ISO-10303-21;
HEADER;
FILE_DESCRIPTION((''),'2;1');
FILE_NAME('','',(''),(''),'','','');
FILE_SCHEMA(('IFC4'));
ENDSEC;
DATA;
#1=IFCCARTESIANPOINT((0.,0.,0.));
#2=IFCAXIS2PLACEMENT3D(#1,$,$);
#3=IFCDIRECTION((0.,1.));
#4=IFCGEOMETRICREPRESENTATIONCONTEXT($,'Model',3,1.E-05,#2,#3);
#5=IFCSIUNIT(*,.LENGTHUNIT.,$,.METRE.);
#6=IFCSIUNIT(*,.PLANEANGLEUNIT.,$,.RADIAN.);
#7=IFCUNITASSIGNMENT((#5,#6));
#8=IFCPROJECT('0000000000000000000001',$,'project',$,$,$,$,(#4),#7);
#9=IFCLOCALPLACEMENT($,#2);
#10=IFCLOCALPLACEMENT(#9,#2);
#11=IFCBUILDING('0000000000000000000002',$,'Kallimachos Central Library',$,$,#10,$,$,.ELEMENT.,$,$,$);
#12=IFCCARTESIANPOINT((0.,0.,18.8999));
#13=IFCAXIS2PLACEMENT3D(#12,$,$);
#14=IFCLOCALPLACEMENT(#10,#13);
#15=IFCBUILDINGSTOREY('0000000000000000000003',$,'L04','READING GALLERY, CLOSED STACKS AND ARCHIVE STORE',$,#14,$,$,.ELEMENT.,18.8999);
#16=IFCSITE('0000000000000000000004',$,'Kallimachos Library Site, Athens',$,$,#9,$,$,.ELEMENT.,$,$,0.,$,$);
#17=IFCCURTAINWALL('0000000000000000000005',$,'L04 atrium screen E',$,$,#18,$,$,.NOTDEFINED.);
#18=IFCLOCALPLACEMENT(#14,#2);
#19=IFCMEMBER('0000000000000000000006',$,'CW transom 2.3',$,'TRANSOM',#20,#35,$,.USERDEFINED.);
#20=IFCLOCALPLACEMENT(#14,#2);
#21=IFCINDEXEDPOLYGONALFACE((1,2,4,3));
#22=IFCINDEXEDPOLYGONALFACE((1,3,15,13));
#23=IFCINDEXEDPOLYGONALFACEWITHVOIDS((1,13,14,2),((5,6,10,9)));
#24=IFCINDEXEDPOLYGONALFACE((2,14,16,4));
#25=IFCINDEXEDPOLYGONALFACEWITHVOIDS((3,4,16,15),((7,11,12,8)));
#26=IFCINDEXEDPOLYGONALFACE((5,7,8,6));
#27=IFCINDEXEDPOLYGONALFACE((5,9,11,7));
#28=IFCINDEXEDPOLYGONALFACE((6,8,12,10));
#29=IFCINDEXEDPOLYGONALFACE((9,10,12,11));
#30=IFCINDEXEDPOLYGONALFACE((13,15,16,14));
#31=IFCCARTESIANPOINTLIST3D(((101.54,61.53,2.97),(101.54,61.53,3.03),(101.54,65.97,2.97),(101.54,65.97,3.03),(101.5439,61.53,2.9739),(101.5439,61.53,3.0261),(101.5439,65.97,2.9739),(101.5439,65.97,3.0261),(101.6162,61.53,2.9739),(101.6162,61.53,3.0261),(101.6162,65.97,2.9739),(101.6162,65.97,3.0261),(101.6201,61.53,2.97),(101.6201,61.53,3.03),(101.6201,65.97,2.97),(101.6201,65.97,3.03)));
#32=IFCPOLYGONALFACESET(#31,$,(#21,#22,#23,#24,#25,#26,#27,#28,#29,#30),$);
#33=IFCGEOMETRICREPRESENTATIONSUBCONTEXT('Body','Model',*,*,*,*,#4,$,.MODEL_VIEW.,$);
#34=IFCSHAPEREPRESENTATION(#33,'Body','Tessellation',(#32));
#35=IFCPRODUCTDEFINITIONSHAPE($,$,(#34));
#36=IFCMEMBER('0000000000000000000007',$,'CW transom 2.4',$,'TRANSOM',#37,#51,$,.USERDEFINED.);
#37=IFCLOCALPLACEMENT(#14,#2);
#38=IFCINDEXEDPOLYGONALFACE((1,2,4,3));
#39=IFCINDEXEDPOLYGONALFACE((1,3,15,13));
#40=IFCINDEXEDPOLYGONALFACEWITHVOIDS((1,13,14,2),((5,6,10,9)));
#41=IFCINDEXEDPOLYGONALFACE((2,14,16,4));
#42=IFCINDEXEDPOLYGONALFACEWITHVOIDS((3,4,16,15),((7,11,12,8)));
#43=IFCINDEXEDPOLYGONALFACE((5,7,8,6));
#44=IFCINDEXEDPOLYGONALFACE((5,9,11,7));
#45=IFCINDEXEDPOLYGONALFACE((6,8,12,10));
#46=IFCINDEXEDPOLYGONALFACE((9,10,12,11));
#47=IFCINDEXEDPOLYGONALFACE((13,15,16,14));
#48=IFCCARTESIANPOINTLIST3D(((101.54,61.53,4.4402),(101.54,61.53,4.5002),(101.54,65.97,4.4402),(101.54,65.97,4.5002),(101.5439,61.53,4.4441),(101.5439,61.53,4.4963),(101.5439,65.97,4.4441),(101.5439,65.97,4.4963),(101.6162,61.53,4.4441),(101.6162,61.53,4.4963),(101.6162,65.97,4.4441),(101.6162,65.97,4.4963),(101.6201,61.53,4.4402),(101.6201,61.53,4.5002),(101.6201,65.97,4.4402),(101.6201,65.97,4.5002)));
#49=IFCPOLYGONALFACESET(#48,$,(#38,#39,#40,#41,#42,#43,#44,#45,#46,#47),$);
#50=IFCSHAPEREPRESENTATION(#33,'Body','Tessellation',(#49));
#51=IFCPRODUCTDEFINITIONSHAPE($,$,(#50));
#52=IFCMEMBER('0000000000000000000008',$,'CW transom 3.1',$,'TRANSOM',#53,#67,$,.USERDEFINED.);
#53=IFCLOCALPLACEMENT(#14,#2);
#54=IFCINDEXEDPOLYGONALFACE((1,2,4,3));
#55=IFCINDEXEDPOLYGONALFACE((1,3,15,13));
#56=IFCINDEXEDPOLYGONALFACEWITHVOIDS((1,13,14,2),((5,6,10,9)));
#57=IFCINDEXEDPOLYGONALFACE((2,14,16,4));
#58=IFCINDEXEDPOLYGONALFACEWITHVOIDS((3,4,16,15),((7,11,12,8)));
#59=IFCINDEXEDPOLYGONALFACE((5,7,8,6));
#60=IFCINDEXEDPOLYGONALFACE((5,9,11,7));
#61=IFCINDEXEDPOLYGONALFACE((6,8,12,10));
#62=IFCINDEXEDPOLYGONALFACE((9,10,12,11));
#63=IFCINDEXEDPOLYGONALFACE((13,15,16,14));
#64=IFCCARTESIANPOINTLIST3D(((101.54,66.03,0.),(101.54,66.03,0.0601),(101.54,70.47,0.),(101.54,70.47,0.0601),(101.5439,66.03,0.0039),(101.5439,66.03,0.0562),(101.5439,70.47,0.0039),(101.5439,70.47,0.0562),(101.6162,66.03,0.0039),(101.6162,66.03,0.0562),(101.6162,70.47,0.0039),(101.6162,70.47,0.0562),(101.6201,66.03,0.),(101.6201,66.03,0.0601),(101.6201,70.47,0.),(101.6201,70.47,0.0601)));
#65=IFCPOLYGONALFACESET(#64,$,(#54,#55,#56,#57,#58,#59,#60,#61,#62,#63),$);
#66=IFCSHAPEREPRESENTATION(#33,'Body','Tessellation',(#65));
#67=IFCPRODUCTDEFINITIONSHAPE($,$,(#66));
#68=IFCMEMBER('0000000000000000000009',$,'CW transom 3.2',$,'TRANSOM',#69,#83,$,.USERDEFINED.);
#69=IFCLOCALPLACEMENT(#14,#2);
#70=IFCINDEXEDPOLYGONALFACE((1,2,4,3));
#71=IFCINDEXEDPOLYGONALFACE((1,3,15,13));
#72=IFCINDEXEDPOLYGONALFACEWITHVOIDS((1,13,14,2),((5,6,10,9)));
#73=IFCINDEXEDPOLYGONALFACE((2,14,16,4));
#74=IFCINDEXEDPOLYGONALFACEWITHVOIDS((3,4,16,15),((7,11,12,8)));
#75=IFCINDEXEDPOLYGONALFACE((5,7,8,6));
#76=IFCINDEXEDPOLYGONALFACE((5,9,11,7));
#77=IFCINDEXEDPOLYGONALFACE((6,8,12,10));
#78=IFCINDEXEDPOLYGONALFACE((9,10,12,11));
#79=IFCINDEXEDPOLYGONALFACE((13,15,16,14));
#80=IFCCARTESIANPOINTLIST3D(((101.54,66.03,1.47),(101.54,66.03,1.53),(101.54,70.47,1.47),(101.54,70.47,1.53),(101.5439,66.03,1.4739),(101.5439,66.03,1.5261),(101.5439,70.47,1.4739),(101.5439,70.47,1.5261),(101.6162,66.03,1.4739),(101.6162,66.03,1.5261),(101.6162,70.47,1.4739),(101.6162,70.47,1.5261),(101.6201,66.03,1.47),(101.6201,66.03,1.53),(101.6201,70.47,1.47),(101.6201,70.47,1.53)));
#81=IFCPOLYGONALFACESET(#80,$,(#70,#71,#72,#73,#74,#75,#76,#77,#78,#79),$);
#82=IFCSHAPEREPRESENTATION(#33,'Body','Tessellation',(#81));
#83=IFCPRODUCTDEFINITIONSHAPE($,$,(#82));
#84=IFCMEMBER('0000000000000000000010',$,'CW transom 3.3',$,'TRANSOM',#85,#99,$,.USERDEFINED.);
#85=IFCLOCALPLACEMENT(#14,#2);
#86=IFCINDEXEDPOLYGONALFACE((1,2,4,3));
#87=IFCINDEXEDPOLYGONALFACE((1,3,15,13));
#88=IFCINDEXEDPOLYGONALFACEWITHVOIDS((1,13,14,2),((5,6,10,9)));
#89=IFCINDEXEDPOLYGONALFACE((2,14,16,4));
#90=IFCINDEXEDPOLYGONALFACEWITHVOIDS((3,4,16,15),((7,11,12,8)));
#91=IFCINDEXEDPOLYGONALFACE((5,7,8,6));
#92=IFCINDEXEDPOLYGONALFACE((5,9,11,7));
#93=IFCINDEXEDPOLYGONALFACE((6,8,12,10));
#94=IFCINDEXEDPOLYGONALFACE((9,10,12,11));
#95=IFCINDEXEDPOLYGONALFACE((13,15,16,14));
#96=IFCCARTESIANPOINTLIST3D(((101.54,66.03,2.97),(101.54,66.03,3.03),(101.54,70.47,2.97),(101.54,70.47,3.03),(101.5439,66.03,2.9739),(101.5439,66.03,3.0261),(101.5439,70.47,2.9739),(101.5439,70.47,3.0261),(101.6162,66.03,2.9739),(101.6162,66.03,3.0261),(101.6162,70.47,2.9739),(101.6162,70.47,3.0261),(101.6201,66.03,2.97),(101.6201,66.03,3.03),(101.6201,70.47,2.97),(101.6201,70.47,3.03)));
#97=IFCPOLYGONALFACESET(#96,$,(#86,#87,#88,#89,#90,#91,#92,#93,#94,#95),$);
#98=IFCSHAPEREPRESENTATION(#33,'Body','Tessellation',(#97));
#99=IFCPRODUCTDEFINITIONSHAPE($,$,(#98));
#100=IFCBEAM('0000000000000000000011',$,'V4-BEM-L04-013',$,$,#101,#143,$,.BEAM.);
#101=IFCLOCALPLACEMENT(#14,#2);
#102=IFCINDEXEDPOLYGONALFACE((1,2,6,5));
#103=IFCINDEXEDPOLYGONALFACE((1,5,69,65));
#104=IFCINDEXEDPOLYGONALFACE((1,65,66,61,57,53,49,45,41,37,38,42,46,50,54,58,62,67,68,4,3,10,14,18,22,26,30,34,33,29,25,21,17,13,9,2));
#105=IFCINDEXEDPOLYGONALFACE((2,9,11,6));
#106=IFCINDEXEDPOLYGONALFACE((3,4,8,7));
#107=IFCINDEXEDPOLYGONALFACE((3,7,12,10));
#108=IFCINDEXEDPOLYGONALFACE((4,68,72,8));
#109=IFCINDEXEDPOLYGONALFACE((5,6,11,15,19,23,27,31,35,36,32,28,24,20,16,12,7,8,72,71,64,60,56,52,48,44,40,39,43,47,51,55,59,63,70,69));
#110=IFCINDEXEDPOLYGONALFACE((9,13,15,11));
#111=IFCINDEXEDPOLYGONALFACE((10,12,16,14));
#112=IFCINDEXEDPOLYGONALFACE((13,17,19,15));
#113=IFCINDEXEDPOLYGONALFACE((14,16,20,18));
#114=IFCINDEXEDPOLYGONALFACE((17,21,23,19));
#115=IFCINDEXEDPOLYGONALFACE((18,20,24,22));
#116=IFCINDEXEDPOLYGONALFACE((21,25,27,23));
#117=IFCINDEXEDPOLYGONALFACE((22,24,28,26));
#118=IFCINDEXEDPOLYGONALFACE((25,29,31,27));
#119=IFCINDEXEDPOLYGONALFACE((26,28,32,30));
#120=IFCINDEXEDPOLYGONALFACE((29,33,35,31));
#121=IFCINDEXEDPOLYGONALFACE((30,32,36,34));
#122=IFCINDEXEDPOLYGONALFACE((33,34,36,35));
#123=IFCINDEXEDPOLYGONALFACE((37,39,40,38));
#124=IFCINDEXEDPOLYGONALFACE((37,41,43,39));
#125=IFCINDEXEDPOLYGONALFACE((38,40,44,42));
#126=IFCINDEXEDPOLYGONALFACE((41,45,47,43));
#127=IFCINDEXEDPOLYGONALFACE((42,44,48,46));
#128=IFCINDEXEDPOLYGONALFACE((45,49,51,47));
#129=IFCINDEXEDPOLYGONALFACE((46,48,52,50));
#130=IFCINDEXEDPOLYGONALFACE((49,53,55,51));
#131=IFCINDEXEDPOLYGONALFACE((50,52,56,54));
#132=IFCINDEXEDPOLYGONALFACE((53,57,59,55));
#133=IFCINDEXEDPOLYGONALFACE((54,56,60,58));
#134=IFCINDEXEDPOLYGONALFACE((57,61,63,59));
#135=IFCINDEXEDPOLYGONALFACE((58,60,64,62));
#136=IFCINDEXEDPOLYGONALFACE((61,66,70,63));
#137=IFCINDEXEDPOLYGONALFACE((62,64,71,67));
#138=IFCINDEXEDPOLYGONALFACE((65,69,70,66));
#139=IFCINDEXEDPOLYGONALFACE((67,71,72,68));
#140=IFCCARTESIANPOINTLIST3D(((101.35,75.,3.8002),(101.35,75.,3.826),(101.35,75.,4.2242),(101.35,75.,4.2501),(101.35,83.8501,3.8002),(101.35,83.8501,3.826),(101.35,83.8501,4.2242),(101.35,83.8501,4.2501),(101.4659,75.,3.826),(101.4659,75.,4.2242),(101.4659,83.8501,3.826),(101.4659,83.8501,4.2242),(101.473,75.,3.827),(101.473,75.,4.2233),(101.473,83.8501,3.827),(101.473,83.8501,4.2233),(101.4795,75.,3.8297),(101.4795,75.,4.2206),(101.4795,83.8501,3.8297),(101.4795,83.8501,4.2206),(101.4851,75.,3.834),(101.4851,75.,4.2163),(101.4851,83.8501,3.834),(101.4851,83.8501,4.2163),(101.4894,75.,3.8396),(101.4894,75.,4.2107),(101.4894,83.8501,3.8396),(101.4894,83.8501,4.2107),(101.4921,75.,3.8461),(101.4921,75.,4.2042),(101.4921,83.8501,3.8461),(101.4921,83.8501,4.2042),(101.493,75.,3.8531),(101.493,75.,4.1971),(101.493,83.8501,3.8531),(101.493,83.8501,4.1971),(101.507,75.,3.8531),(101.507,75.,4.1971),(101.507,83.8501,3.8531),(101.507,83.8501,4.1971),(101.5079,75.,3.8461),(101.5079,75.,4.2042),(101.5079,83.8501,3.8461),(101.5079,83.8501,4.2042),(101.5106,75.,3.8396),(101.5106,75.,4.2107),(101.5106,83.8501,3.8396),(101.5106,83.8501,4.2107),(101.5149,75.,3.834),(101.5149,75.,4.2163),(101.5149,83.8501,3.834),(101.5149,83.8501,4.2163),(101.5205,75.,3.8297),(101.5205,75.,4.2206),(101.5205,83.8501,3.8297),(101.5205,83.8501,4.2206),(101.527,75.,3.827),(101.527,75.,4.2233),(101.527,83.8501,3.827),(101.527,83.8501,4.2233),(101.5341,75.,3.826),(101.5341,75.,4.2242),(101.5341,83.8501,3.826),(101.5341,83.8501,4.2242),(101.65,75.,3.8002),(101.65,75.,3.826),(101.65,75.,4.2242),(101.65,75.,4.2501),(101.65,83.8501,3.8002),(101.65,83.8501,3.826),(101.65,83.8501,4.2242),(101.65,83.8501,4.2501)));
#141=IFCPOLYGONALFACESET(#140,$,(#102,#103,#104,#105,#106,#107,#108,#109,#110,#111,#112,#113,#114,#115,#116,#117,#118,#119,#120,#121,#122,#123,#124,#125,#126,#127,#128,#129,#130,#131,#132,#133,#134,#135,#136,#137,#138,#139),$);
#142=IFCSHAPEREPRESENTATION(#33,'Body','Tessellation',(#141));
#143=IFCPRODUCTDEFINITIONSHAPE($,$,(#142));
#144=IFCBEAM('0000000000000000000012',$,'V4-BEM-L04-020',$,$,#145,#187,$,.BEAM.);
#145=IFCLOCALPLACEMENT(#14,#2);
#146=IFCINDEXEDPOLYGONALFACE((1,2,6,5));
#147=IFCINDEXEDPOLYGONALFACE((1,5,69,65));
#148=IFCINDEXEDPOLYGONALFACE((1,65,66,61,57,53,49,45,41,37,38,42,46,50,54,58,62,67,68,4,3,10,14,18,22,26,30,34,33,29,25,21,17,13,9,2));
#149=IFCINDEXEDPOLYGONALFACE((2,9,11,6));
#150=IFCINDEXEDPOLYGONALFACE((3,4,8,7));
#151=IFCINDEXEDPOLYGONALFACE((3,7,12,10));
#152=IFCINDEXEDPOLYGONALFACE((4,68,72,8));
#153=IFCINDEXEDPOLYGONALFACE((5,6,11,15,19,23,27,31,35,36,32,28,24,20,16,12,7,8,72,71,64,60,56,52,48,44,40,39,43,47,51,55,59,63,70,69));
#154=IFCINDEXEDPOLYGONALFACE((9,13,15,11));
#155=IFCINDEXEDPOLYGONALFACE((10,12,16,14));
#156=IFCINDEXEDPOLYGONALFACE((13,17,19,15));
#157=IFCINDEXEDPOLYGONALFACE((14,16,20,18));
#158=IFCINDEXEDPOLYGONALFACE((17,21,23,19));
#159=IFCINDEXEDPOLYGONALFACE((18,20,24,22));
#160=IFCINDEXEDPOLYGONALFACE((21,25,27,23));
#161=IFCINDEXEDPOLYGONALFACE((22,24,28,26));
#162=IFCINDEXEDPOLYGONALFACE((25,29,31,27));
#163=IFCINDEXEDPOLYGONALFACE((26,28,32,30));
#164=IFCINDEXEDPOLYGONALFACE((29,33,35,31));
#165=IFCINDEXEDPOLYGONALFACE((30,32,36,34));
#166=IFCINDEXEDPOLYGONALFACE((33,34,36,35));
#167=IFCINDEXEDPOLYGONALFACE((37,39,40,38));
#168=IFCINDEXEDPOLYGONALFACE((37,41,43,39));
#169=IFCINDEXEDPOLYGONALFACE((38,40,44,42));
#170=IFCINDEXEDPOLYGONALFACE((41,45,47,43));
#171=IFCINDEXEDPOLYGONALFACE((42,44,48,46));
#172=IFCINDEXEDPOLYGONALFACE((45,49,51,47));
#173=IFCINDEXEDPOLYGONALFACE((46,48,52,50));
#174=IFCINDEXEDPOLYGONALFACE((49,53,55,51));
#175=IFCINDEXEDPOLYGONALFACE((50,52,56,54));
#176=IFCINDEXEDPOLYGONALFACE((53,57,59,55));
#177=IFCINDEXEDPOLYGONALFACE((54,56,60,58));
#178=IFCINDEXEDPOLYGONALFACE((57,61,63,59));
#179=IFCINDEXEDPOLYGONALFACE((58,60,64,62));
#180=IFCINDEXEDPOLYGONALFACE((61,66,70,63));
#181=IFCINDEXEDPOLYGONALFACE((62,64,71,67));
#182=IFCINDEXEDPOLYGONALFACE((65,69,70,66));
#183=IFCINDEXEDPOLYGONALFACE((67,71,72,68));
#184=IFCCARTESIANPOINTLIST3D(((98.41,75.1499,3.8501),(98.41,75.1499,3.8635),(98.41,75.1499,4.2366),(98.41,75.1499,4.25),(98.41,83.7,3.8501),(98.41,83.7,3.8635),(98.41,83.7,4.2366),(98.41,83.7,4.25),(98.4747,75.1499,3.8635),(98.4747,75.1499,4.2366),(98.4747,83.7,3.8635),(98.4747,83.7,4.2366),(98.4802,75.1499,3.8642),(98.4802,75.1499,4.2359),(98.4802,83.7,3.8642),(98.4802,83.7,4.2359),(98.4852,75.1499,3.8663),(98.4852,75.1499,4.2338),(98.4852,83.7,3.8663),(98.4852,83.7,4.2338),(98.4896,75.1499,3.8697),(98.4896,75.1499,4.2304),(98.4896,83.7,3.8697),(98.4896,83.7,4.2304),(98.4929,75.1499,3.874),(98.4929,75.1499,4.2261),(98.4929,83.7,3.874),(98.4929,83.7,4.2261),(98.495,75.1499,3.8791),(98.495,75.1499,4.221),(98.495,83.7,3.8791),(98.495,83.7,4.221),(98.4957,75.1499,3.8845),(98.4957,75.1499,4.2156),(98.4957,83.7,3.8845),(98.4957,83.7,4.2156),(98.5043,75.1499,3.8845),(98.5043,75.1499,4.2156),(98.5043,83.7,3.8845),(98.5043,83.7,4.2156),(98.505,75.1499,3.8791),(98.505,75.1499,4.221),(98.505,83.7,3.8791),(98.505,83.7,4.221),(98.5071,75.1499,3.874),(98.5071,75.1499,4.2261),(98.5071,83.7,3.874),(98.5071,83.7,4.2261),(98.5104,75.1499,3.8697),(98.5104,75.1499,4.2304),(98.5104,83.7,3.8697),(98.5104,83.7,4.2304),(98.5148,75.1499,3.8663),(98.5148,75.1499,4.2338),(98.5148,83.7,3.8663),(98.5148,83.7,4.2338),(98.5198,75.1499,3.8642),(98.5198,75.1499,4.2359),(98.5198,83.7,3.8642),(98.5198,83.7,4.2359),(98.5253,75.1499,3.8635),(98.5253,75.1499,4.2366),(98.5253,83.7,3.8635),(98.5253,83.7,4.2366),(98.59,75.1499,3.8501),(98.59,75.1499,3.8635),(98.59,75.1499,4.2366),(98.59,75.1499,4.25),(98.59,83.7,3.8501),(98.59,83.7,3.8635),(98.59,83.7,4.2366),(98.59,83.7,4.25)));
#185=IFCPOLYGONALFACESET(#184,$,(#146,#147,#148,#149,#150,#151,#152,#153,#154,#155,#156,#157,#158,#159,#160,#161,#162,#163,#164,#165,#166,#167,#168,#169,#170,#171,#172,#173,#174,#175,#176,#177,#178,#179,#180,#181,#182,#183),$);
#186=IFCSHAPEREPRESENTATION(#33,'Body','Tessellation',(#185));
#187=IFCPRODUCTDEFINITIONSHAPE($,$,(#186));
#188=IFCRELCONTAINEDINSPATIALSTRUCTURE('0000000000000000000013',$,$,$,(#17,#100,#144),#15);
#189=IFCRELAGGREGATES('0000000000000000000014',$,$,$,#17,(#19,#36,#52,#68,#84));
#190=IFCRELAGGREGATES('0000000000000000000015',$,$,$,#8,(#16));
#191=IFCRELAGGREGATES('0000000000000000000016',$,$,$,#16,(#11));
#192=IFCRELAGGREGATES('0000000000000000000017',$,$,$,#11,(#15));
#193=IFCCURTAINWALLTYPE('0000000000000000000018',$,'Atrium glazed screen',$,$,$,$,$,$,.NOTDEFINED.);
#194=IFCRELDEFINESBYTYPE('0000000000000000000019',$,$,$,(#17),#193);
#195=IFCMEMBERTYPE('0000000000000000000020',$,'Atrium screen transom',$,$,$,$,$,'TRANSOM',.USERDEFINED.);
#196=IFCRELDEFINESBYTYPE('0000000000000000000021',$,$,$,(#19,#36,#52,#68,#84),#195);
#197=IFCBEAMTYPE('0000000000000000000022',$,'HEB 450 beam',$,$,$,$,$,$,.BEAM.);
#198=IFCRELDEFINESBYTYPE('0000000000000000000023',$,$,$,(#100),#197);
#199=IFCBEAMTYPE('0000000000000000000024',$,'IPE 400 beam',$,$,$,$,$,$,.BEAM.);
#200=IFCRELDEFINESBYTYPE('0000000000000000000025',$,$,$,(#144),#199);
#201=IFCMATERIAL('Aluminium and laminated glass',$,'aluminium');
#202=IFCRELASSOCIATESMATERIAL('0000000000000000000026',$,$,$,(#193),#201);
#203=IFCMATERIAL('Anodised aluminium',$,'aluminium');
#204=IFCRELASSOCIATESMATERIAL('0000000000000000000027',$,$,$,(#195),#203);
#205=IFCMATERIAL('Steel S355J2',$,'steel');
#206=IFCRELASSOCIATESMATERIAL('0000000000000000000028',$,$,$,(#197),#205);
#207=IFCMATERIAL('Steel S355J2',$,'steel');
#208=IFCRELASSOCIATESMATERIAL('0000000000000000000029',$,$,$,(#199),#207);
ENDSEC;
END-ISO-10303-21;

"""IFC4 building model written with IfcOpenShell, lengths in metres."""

from ifc_helpers import new_model, si_unit, direction, frame, origin, origin_2d, place, context, subcontext, project, spatial, hollow_rectangle, i_section, extrude, material, material_profile, profile_set, type_object, element, aggregate, save


model = new_model("IFC4")

# Units and contexts
model_context = context("Model", 3, precision=1e-05, world=origin(), true_north=direction((0.0, 1.0)))
body_context = subcontext(model_context, "Body", "Model", "MODEL_VIEW")
ifc_project = project(units=[si_unit("LENGTHUNIT", "METRE"), si_unit("PLANEANGLEUNIT", "RADIAN")], contexts=[model_context])

# Site, building, storey
site_placement = place(None, origin())
site = spatial("IfcSite", under=ifc_project, at=site_placement, Name="Kallimachos Library Site, Athens", CompositionType="ELEMENT", RefElevation=0.0)
building_placement = place(site_placement, origin())
building = spatial("IfcBuilding", under=site, at=building_placement, Name="Kallimachos Central Library", CompositionType="ELEMENT")
storey_placement = place(building_placement, frame((0.0, 0.0, 18.8999)))
storey = spatial("IfcBuildingStorey", under=building, at=storey_placement, Name="L04", Description="READING GALLERY, CLOSED STACKS AND ARCHIVE STORE", CompositionType="ELEMENT", Elevation=18.8999)

# Shared definitions
ifc_material_1 = material(Name="Aluminium and laminated glass", Category="aluminium")
curtain_wall_type = type_object("IfcCurtainWallType", Name="Atrium glazed screen", PredefinedType="NOTDEFINED", material=ifc_material_1)

# Curtain wall
curtain_wall_1_placement = place(storey_placement, origin())
curtain_wall_1 = element("IfcCurtainWall", 1, at=curtain_wall_1_placement, inside=storey, type_object=curtain_wall_type, Name="L04 atrium screen E", PredefinedType="NOTDEFINED")

# Members
ifc_material_2 = material(Name="Anodised aluminium", Category="aluminium")
ifc_material_profile_1 = material_profile(ifc_material_2, hollow_rectangle(XDim=0.0601, YDim=0.0801, WallThickness=0.0039, at=origin_2d()), Name="ALU TRANSOM 60x80")
ifc_profile_set_1 = profile_set([ifc_material_profile_1], Name="Anodised aluminium")
member_type_1 = type_object("IfcMemberType", Name="Atrium screen transom", ElementType="TRANSOM", PredefinedType="USERDEFINED", material=ifc_profile_set_1)
member_1_placement = place(storey_placement, frame((101.5801, 61.53, 3.0), z_axis=(0.0, 1.0, 0.0), x_axis=(0.0, 0.0, 1.0)))
member_1 = element("IfcMember", 2, at=member_1_placement, type_object=member_type_1, Name="CW transom 2.3", ObjectType="TRANSOM", PredefinedType="USERDEFINED", context=body_context, shape_type="SweptSolid", body=[
    extrude(hollow_rectangle(XDim=0.0601, YDim=0.0801, WallThickness=0.0039, at=origin_2d()), origin(), (0.0, 0.0, 1.0), 4.4399),
])
member_2_placement = place(storey_placement, frame((101.5801, 61.53, 4.4702), z_axis=(0.0, 1.0, 0.0), x_axis=(0.0, 0.0, 1.0)))
member_2 = element("IfcMember", 3, at=member_2_placement, type_object=member_type_1, Name="CW transom 2.4", ObjectType="TRANSOM", PredefinedType="USERDEFINED", context=body_context, shape_type="SweptSolid", body=[
    extrude(hollow_rectangle(XDim=0.0601, YDim=0.0801, WallThickness=0.0039, at=origin_2d()), origin(), (0.0, 0.0, 1.0), 4.4399),
])
member_3_placement = place(storey_placement, frame((101.5801, 66.03, 0.03), z_axis=(0.0, 1.0, 0.0), x_axis=(0.0, 0.0, 1.0)))
member_3 = element("IfcMember", 4, at=member_3_placement, type_object=member_type_1, Name="CW transom 3.1", ObjectType="TRANSOM", PredefinedType="USERDEFINED", context=body_context, shape_type="SweptSolid", body=[
    extrude(hollow_rectangle(XDim=0.0601, YDim=0.0801, WallThickness=0.0039, at=origin_2d()), origin(), (0.0, 0.0, 1.0), 4.4399),
])
member_4_placement = place(storey_placement, frame((101.5801, 66.03, 1.5), z_axis=(0.0, 1.0, 0.0), x_axis=(0.0, 0.0, 1.0)))
member_4 = element("IfcMember", 5, at=member_4_placement, type_object=member_type_1, Name="CW transom 3.2", ObjectType="TRANSOM", PredefinedType="USERDEFINED", context=body_context, shape_type="SweptSolid", body=[
    extrude(hollow_rectangle(XDim=0.0601, YDim=0.0801, WallThickness=0.0039, at=origin_2d()), origin(), (0.0, 0.0, 1.0), 4.4399),
])
member_5_placement = place(storey_placement, frame((101.5801, 66.03, 3.0), z_axis=(0.0, 1.0, 0.0), x_axis=(0.0, 0.0, 1.0)))
member_5 = element("IfcMember", 6, at=member_5_placement, type_object=member_type_1, Name="CW transom 3.3", ObjectType="TRANSOM", PredefinedType="USERDEFINED", context=body_context, shape_type="SweptSolid", body=[
    extrude(hollow_rectangle(XDim=0.0601, YDim=0.0801, WallThickness=0.0039, at=origin_2d()), origin(), (0.0, 0.0, 1.0), 4.4399),
])

# Beams
ifc_material_3 = material(Name="Steel S355J2", Category="steel")
ifc_material_profile_2 = material_profile(ifc_material_3, i_section(OverallWidth=0.3, OverallDepth=0.45, WebThickness=0.0139, FlangeThickness=0.0259, FilletRadius=0.0271, at=origin_2d()), Name="HEB 450")
ifc_profile_set_2 = profile_set([ifc_material_profile_2], Name="Steel S355J2")
beam_type_1 = type_object("IfcBeamType", Name="HEB 450 beam", PredefinedType="BEAM", material=ifc_profile_set_2)
beam_1_placement = place(storey_placement, frame((101.5, 75.0, 4.0251), z_axis=(0.0, 1.0, 0.0), x_axis=(-1.0, 0.0, 0.0)))
element("IfcBeam", 7, at=beam_1_placement, inside=storey, type_object=beam_type_1, Name="V4-BEM-L04-013", PredefinedType="BEAM", context=body_context, shape_type="SweptSolid", body=[
    extrude(i_section(OverallWidth=0.3, OverallDepth=0.45, WebThickness=0.0139, FlangeThickness=0.0259, FilletRadius=0.0271, at=origin_2d()), origin(), (0.0, 0.0, 1.0), 8.8501),
])
ifc_material_4 = material(Name="Steel S355J2", Category="steel")
ifc_material_profile_3 = material_profile(ifc_material_4, i_section(OverallWidth=0.1799, OverallDepth=0.3999, WebThickness=0.0085, FlangeThickness=0.0134, FilletRadius=0.021, at=origin_2d()), Name="IPE 400")
ifc_profile_set_3 = profile_set([ifc_material_profile_3], Name="Steel S355J2")
beam_type_2 = type_object("IfcBeamType", Name="IPE 400 beam", PredefinedType="BEAM", material=ifc_profile_set_3)
beam_2_placement = place(storey_placement, frame((98.5, 75.1499, 4.05), z_axis=(0.0, 1.0, 0.0), x_axis=(-1.0, 0.0, 0.0)))
element("IfcBeam", 8, at=beam_2_placement, inside=storey, type_object=beam_type_2, Name="V4-BEM-L04-020", PredefinedType="BEAM", context=body_context, shape_type="SweptSolid", body=[
    extrude(i_section(OverallWidth=0.1799, OverallDepth=0.3999, WebThickness=0.0085, FlangeThickness=0.0134, FilletRadius=0.021, at=origin_2d()), origin(), (0.0, 0.0, 1.0), 8.55),
])

aggregate(curtain_wall_1, [member_1, member_2, member_3, member_4, member_5])

save(model, "model.ifc")
